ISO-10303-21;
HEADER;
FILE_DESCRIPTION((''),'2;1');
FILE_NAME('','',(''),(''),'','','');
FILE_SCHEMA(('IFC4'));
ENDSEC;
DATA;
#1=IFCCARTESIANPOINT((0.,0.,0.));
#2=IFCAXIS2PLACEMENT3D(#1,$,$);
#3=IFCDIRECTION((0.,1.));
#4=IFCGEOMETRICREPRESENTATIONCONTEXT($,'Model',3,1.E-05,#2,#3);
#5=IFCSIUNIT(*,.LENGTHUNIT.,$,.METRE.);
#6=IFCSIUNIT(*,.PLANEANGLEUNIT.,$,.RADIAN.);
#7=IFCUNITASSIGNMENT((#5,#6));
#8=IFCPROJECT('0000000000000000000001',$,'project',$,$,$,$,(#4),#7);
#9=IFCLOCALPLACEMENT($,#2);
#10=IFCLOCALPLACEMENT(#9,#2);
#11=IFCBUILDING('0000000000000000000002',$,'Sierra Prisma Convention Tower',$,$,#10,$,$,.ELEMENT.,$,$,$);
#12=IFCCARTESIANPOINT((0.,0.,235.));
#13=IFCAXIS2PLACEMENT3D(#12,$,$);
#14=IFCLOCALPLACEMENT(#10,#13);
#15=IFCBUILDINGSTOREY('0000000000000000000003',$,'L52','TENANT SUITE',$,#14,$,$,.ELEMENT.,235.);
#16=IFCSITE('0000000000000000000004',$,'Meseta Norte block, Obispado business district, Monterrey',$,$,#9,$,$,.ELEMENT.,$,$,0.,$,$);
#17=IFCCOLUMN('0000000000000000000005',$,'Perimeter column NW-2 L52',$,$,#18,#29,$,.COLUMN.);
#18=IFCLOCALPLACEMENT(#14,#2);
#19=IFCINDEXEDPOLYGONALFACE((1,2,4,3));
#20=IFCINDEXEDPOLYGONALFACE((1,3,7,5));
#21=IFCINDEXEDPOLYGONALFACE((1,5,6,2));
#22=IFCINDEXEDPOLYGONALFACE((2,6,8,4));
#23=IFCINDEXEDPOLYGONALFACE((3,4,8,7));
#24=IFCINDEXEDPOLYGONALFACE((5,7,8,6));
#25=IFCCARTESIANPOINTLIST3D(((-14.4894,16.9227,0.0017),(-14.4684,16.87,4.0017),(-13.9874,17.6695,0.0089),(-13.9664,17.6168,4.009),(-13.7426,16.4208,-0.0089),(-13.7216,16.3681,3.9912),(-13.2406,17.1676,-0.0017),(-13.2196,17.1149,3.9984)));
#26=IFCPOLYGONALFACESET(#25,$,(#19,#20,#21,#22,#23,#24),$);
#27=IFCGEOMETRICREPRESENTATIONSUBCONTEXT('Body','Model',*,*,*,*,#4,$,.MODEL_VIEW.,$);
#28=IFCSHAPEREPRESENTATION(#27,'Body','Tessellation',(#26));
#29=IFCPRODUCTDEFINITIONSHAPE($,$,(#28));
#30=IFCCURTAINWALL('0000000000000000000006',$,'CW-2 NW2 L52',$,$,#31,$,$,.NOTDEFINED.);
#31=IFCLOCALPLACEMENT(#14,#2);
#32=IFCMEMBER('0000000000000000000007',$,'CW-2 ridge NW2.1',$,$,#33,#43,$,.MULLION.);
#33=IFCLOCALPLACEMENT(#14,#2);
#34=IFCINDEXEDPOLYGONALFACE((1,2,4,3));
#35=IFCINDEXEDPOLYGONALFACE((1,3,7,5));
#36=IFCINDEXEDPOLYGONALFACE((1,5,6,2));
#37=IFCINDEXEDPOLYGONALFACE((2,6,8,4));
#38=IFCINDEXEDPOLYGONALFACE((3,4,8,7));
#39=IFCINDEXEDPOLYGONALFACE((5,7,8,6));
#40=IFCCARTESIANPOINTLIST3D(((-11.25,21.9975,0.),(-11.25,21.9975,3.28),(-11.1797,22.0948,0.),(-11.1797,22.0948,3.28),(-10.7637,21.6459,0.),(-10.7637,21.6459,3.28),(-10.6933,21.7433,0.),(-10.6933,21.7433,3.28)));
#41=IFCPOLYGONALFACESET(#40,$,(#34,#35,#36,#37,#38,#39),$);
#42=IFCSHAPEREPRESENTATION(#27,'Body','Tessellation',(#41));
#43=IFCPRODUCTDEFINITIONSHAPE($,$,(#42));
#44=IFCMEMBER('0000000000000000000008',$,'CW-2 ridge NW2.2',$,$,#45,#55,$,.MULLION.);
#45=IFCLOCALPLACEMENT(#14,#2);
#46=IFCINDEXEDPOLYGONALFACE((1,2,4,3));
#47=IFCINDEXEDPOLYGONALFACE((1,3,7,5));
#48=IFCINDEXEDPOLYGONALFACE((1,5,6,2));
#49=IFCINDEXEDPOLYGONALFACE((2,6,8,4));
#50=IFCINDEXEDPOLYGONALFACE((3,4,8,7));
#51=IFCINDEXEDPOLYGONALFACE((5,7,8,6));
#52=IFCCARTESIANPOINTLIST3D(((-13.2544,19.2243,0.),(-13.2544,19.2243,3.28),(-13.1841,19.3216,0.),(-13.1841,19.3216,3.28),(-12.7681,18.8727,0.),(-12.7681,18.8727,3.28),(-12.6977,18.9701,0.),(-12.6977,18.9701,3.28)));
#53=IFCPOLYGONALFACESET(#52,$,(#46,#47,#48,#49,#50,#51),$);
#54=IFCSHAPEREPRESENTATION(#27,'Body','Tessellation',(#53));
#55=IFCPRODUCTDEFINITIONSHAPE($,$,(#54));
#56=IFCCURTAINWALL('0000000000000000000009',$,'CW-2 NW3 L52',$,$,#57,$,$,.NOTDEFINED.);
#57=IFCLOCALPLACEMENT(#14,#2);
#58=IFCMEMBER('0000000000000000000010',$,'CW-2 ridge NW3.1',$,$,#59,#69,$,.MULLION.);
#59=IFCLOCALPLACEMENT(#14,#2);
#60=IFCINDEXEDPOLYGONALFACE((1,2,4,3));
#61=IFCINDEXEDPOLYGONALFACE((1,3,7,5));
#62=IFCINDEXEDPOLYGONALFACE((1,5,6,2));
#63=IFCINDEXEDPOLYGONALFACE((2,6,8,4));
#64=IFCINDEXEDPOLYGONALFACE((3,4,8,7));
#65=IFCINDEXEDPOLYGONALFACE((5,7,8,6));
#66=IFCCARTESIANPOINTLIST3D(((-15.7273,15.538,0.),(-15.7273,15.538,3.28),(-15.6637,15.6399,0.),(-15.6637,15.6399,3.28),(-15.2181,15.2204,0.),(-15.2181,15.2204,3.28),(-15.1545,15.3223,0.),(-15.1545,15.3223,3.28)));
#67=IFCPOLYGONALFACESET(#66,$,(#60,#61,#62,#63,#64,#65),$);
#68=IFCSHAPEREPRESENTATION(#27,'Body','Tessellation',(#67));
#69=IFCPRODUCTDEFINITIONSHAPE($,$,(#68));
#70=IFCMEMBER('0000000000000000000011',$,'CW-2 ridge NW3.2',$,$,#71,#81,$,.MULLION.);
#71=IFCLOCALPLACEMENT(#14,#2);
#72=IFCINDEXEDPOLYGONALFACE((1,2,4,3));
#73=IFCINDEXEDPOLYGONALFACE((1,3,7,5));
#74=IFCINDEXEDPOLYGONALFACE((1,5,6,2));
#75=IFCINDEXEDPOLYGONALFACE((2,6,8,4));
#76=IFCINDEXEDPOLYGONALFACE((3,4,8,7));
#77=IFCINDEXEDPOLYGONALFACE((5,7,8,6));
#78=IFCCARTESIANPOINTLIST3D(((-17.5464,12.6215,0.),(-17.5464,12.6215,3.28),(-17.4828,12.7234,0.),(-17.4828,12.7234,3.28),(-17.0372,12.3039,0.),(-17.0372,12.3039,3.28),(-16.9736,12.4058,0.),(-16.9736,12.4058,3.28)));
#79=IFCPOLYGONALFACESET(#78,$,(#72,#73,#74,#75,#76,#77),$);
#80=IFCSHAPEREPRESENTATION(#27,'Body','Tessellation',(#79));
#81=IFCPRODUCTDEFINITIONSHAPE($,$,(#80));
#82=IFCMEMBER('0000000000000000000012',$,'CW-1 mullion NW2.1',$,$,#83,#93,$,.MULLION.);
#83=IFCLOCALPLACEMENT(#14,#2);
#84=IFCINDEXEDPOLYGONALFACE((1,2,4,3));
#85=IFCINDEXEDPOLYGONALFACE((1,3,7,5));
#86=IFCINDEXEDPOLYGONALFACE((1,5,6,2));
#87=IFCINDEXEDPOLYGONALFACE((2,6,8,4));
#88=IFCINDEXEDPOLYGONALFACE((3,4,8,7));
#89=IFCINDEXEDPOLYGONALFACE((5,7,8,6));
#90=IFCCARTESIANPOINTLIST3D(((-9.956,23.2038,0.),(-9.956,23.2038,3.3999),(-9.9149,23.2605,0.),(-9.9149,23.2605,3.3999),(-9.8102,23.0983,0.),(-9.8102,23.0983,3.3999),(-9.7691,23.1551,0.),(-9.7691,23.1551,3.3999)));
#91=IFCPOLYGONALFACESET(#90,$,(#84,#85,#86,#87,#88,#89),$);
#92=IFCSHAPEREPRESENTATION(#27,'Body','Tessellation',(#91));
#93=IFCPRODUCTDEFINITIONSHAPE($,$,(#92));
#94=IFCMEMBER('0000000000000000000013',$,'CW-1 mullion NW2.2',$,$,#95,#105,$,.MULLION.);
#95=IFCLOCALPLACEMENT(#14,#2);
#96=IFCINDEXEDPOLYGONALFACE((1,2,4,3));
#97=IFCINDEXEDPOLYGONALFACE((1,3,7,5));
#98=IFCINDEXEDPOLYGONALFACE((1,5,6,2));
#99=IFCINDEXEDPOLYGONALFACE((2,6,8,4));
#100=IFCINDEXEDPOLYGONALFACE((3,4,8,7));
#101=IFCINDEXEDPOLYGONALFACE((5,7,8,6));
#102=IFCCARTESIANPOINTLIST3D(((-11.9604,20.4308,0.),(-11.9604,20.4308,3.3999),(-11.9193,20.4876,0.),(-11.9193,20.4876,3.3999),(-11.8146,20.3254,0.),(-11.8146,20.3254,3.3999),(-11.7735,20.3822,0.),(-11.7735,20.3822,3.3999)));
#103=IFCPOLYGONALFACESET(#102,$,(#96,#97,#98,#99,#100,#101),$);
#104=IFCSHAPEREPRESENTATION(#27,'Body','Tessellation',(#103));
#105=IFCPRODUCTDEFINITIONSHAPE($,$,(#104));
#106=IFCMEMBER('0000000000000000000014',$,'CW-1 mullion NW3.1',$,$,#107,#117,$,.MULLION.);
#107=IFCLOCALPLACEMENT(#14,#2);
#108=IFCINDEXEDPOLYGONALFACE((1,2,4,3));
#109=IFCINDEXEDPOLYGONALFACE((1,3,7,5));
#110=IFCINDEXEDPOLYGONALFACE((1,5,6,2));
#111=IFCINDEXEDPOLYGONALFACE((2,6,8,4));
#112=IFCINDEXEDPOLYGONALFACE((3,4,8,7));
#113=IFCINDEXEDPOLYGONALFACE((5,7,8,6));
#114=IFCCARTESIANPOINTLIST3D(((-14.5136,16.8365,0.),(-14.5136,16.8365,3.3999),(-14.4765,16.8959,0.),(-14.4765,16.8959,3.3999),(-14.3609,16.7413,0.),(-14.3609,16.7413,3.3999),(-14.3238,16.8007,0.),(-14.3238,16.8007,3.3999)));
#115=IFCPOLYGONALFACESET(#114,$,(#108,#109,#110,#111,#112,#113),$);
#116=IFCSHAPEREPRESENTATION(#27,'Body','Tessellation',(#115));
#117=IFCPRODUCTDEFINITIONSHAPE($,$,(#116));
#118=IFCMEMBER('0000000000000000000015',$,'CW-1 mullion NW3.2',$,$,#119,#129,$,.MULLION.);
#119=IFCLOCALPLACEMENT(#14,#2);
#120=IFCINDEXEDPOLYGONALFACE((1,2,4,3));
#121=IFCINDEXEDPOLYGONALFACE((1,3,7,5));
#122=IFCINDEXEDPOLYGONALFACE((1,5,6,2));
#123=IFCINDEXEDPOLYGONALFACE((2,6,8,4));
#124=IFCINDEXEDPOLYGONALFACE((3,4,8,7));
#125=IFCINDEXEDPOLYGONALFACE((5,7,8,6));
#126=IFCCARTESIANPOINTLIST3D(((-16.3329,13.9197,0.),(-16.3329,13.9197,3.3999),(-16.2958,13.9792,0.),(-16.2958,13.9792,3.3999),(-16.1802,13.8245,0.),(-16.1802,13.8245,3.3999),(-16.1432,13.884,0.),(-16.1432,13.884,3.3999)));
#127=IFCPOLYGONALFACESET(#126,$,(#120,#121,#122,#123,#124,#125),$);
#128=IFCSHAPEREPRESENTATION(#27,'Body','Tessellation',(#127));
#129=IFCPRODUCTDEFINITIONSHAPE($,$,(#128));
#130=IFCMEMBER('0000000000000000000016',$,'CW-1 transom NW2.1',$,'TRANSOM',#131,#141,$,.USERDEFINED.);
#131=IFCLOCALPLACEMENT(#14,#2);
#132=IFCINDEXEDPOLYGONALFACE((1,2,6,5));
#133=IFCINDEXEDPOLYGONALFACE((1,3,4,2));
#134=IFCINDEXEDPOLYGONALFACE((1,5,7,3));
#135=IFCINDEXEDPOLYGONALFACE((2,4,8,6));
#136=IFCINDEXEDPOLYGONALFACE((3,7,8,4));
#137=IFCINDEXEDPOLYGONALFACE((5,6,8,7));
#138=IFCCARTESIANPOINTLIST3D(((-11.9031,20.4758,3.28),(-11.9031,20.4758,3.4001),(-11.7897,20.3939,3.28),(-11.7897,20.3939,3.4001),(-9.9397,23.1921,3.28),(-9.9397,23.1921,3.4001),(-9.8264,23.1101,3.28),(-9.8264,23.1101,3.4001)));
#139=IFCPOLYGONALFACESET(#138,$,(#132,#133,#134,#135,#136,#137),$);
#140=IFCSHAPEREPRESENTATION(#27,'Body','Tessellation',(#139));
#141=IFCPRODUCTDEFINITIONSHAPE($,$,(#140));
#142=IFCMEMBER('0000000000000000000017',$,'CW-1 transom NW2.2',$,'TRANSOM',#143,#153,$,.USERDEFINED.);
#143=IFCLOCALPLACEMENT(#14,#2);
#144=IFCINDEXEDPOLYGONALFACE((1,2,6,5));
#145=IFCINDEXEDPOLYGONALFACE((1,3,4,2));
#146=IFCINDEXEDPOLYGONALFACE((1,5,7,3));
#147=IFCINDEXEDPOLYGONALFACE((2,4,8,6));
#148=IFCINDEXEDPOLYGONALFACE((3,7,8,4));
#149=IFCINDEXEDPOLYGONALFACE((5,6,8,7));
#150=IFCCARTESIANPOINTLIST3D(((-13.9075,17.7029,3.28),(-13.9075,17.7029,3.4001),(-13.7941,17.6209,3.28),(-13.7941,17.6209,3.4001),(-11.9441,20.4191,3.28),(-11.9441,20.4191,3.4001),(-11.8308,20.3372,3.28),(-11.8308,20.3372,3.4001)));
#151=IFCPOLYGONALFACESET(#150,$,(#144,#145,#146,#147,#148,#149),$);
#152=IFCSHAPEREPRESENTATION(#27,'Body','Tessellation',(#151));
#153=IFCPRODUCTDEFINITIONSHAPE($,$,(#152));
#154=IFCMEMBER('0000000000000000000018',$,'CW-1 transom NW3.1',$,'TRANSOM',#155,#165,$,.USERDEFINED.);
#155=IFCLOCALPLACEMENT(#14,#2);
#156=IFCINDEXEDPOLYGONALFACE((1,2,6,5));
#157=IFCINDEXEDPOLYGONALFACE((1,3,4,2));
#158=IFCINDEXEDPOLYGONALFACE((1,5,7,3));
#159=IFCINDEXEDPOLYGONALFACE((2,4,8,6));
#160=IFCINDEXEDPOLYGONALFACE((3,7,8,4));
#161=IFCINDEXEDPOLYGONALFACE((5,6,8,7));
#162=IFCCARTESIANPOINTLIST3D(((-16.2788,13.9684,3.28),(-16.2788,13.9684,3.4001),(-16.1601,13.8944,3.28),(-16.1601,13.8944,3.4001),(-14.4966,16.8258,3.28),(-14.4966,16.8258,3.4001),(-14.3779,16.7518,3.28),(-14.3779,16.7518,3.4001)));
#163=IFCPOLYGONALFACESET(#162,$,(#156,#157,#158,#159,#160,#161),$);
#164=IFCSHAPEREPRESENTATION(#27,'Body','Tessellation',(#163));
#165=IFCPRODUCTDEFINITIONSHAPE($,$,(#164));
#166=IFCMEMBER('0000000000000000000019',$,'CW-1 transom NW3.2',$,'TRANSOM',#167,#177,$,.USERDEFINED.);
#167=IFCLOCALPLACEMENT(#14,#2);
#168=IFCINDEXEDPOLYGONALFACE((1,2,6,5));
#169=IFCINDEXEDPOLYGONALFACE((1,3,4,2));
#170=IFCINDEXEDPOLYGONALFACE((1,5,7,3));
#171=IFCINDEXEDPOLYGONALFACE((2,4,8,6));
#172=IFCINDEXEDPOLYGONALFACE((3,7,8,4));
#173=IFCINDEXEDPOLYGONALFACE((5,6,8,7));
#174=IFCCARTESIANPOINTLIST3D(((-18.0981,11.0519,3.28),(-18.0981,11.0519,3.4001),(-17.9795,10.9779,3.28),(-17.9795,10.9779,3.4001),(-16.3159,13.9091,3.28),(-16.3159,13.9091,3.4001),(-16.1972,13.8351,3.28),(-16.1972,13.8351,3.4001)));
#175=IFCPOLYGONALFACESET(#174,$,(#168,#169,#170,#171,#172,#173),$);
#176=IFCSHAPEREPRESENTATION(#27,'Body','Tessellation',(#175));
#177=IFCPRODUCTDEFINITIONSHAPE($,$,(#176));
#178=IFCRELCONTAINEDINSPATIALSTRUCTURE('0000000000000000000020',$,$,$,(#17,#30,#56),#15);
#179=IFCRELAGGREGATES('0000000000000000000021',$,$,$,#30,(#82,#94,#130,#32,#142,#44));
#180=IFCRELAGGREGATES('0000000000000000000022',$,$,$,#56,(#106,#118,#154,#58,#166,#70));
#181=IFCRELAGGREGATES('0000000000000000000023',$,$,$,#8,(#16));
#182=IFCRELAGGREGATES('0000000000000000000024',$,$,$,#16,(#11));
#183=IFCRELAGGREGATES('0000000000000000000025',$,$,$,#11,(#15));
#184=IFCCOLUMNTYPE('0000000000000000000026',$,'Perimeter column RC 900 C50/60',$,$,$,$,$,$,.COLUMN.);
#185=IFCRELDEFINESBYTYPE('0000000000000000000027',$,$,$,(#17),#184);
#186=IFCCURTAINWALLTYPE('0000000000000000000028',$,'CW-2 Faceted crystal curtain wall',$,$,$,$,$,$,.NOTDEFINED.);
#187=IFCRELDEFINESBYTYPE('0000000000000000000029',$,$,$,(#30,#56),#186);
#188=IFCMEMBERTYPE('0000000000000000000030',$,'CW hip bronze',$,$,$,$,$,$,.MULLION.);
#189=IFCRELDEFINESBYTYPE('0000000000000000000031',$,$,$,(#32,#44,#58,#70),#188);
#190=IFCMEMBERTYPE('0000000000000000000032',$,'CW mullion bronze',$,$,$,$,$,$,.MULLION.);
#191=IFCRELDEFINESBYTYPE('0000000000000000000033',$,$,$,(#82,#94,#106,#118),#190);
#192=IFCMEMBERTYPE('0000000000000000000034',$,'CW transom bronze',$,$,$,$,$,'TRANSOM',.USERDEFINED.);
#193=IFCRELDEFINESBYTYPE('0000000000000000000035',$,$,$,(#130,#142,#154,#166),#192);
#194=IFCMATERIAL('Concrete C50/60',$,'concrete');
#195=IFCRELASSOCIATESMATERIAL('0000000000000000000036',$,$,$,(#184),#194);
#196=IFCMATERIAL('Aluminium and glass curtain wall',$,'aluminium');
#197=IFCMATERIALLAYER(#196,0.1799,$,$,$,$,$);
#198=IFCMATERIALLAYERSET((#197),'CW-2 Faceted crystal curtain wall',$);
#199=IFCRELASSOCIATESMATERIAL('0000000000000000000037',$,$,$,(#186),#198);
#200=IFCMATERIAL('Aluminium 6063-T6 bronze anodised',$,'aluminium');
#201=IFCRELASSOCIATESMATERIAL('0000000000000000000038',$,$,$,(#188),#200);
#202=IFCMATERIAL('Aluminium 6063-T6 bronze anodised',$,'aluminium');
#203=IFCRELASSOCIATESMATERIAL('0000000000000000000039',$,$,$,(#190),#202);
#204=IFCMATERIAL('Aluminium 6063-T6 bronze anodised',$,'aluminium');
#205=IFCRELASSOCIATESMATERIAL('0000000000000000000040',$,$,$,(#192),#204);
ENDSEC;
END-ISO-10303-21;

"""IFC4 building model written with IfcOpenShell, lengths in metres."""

from ifc_helpers import new_model, si_unit, direction, frame, origin, origin_2d, place, context, subcontext, project, spatial, rectangle, extrude, material, layer, layer_set, material_profile, profile_set, type_object, element, aggregate, save


model = new_model("IFC4")

# Units and contexts
model_context = context("Model", 3, precision=1e-05, world=origin(), true_north=direction((0.0, 1.0)))
body_context = subcontext(model_context, "Body", "Model", "MODEL_VIEW")
ifc_project = project(units=[si_unit("LENGTHUNIT", "METRE"), si_unit("PLANEANGLEUNIT", "RADIAN")], contexts=[model_context])

# Site, building, storey
site_placement = place(None, origin())
site = spatial("IfcSite", under=ifc_project, at=site_placement, Name="Meseta Norte block, Obispado business district, Monterrey", CompositionType="ELEMENT", RefElevation=0.0)
building_placement = place(site_placement, origin())
building = spatial("IfcBuilding", under=site, at=building_placement, Name="Sierra Prisma Convention Tower", CompositionType="ELEMENT")
storey_placement = place(building_placement, frame((0.0, 0.0, 235.0)))
storey = spatial("IfcBuildingStorey", under=building, at=storey_placement, Name="L52", Description="TENANT SUITE", CompositionType="ELEMENT", Elevation=235.0)

# Column
ifc_material_1 = material(Name="Concrete C50/60", Category="concrete")
ifc_material_profile_1 = material_profile(ifc_material_1, rectangle(XDim=0.8999, YDim=0.8999, at=origin_2d()), Name="Perimeter column RC 900 C50/60")
ifc_profile_set_1 = profile_set([ifc_material_profile_1], Name="Concrete C50/60")
column_type = type_object("IfcColumnType", Name="Perimeter column RC 900 C50/60", PredefinedType="COLUMN", material=ifc_profile_set_1)
column_placement = place(storey_placement, frame((-13.865, 17.0452, 0.0), z_axis=(0.005248, -0.013182, 0.999899), x_axis=(0.55784, 0.82991, 0.008013)))
element("IfcColumn", 1, at=column_placement, inside=storey, type_object=column_type, Name="Perimeter column NW-2 L52", PredefinedType="COLUMN", context=body_context, shape_type="SweptSolid", body=[
    extrude(rectangle(XDim=0.8999, YDim=0.8999, at=origin_2d()), origin(), (0.0, 0.0, 1.0), 4.0005),
])

# Curtain walls, members
ifc_material_2 = material(Name="Aluminium and glass curtain wall", Category="aluminium")
ifc_layer_1 = layer(ifc_material_2, 0.1799)
ifc_layer_set_1 = layer_set([ifc_layer_1], Name="CW-2 Faceted crystal curtain wall")
curtain_wall_type = type_object("IfcCurtainWallType", Name="CW-2 Faceted crystal curtain wall", PredefinedType="NOTDEFINED", material=ifc_layer_set_1)
curtain_wall_1_placement = place(storey_placement, origin())
curtain_wall_1 = element("IfcCurtainWall", 2, at=curtain_wall_1_placement, inside=storey, type_object=curtain_wall_type, Name="CW-2 NW2 L52", PredefinedType="NOTDEFINED")
ifc_material_3 = material(Name="Aluminium 6063-T6 bronze anodised", Category="aluminium")
ifc_material_profile_2 = material_profile(ifc_material_3, rectangle(XDim=0.1201, YDim=0.6001, at=origin_2d()), Name="ALU RIDGE BLADE 120x600")
ifc_profile_set_2 = profile_set([ifc_material_profile_2], Name="Aluminium 6063-T6 bronze anodised")
member_type_1 = type_object("IfcMemberType", Name="CW hip bronze", PredefinedType="MULLION", material=ifc_profile_set_2)
member_1_placement = place(storey_placement, frame((-10.9717, 21.8704, 0.0), z_axis=(0.0, 0.0, 1.0), x_axis=(-0.585816, -0.810444, 0.0)))
member_1 = element("IfcMember", 3, at=member_1_placement, type_object=member_type_1, Name="CW-2 ridge NW2.1", PredefinedType="MULLION", context=body_context, shape_type="SweptSolid", body=[
    extrude(rectangle(XDim=0.1201, YDim=0.6001, at=origin_2d()), origin(), (0.0, 0.0, 1.0), 3.28),
])
member_2_placement = place(storey_placement, frame((-12.9761, 19.0972, 0.0), z_axis=(0.0, 0.0, 1.0), x_axis=(-0.585816, -0.810444, 0.0)))
member_2 = element("IfcMember", 4, at=member_2_placement, type_object=member_type_1, Name="CW-2 ridge NW2.2", PredefinedType="MULLION", context=body_context, shape_type="SweptSolid", body=[
    extrude(rectangle(XDim=0.1201, YDim=0.6001, at=origin_2d()), origin(), (0.0, 0.0, 1.0), 3.28),
])
curtain_wall_2_placement = place(storey_placement, origin())
curtain_wall_2 = element("IfcCurtainWall", 5, at=curtain_wall_2_placement, inside=storey, type_object=curtain_wall_type, Name="CW-2 NW3 L52", PredefinedType="NOTDEFINED")
member_3_placement = place(storey_placement, frame((-15.4409, 15.4302, 0.0), z_axis=(0.0, 0.0, 1.0), x_axis=(-0.529232, -0.848477, 0.0)))
member_3 = element("IfcMember", 6, at=member_3_placement, type_object=member_type_1, Name="CW-2 ridge NW3.1", PredefinedType="MULLION", context=body_context, shape_type="SweptSolid", body=[
    extrude(rectangle(XDim=0.1201, YDim=0.6001, at=origin_2d()), origin(), (0.0, 0.0, 1.0), 3.28),
])
member_4_placement = place(storey_placement, frame((-17.26, 12.5137, 0.0), z_axis=(0.0, 0.0, 1.0), x_axis=(-0.529232, -0.848477, 0.0)))
member_4 = element("IfcMember", 7, at=member_4_placement, type_object=member_type_1, Name="CW-2 ridge NW3.2", PredefinedType="MULLION", context=body_context, shape_type="SweptSolid", body=[
    extrude(rectangle(XDim=0.1201, YDim=0.6001, at=origin_2d()), origin(), (0.0, 0.0, 1.0), 3.28),
])

# Members
ifc_material_4 = material(Name="Aluminium 6063-T6 bronze anodised", Category="aluminium")
ifc_material_profile_3 = material_profile(ifc_material_4, rectangle(XDim=0.1799, YDim=0.0701, at=origin_2d()), Name="ALU MULLION 70x180")
ifc_profile_set_3 = profile_set([ifc_material_profile_3], Name="Aluminium 6063-T6 bronze anodised")
member_type_2 = type_object("IfcMemberType", Name="CW mullion bronze", PredefinedType="MULLION", material=ifc_profile_set_3)
member_5_placement = place(storey_placement, frame((-9.8625, 23.1794, 0.0), z_axis=(0.0, 0.0, 1.0), x_axis=(0.810444, -0.585816, 0.0)))
member_5 = element("IfcMember", 8, at=member_5_placement, type_object=member_type_2, Name="CW-1 mullion NW2.1", PredefinedType="MULLION", context=body_context, shape_type="SweptSolid", body=[
    extrude(rectangle(XDim=0.1799, YDim=0.0701, at=origin_2d()), origin(), (0.0, 0.0, 1.0), 3.3999),
])
member_6_placement = place(storey_placement, frame((-11.8669, 20.4065, 0.0), z_axis=(0.0, 0.0, 1.0), x_axis=(0.810444, -0.585816, 0.0)))
member_6 = element("IfcMember", 9, at=member_6_placement, type_object=member_type_2, Name="CW-1 mullion NW2.2", PredefinedType="MULLION", context=body_context, shape_type="SweptSolid", body=[
    extrude(rectangle(XDim=0.1799, YDim=0.0701, at=origin_2d()), origin(), (0.0, 0.0, 1.0), 3.3999),
])
member_7_placement = place(storey_placement, frame((-14.4187, 16.8186, 0.0), z_axis=(0.0, 0.0, 1.0), x_axis=(0.848477, -0.529232, 0.0)))
member_7 = element("IfcMember", 10, at=member_7_placement, type_object=member_type_2, Name="CW-1 mullion NW3.1", PredefinedType="MULLION", context=body_context, shape_type="SweptSolid", body=[
    extrude(rectangle(XDim=0.1799, YDim=0.0701, at=origin_2d()), origin(), (0.0, 0.0, 1.0), 3.3999),
])
member_8_placement = place(storey_placement, frame((-16.238, 13.9019, 0.0), z_axis=(0.0, 0.0, 1.0), x_axis=(0.848477, -0.529232, 0.0)))
member_8 = element("IfcMember", 11, at=member_8_placement, type_object=member_type_2, Name="CW-1 mullion NW3.2", PredefinedType="MULLION", context=body_context, shape_type="SweptSolid", body=[
    extrude(rectangle(XDim=0.1799, YDim=0.0701, at=origin_2d()), origin(), (0.0, 0.0, 1.0), 3.3999),
])
ifc_material_5 = material(Name="Aluminium 6063-T6 bronze anodised", Category="aluminium")
ifc_material_profile_4 = material_profile(ifc_material_5, rectangle(XDim=0.1399, YDim=0.1201, at=origin_2d()), Name="ALU TRANSOM 120x140")
ifc_profile_set_4 = profile_set([ifc_material_profile_4], Name="Aluminium 6063-T6 bronze anodised")
member_type_3 = type_object("IfcMemberType", Name="CW transom bronze", ElementType="TRANSOM", PredefinedType="USERDEFINED", material=ifc_profile_set_4)
member_9_placement = place(storey_placement, frame((-9.8831, 23.1511, 3.3401), z_axis=(-0.585804, -0.810453, 0.0), x_axis=(0.810453, -0.585804, 0.0)))
member_9 = element("IfcMember", 12, at=member_9_placement, type_object=member_type_3, Name="CW-1 transom NW2.1", ObjectType="TRANSOM", PredefinedType="USERDEFINED", context=body_context, shape_type="SweptSolid", body=[
    extrude(rectangle(XDim=0.1399, YDim=0.1201, at=origin_2d()), origin(), (0.0, 0.0, 1.0), 3.3516),
])
member_10_placement = place(storey_placement, frame((-11.8875, 20.3782, 3.3401), z_axis=(-0.585804, -0.810453, 0.0), x_axis=(0.810453, -0.585804, 0.0)))
member_10 = element("IfcMember", 13, at=member_10_placement, type_object=member_type_3, Name="CW-1 transom NW2.2", ObjectType="TRANSOM", PredefinedType="USERDEFINED", context=body_context, shape_type="SweptSolid", body=[
    extrude(rectangle(XDim=0.1399, YDim=0.1201, at=origin_2d()), origin(), (0.0, 0.0, 1.0), 3.3516),
])
member_11_placement = place(storey_placement, frame((-14.4373, 16.7888, 3.3401), z_axis=(-0.529217, -0.848487, 0.0), x_axis=(0.848487, -0.529217, 0.0)))
member_11 = element("IfcMember", 14, at=member_11_placement, type_object=member_type_3, Name="CW-1 transom NW3.1", ObjectType="TRANSOM", PredefinedType="USERDEFINED", context=body_context, shape_type="SweptSolid", body=[
    extrude(rectangle(XDim=0.1399, YDim=0.1201, at=origin_2d()), origin(), (0.0, 0.0, 1.0), 3.3677),
])
member_12_placement = place(storey_placement, frame((-16.2566, 13.8721, 3.3401), z_axis=(-0.529249, -0.848466, 0.0), x_axis=(0.848466, -0.529249, 0.0)))
member_12 = element("IfcMember", 15, at=member_12_placement, type_object=member_type_3, Name="CW-1 transom NW3.2", ObjectType="TRANSOM", PredefinedType="USERDEFINED", context=body_context, shape_type="SweptSolid", body=[
    extrude(rectangle(XDim=0.1399, YDim=0.1201, at=origin_2d()), origin(), (0.0, 0.0, 1.0), 3.3674),
])

aggregate(curtain_wall_1, [member_5, member_6, member_9, member_1, member_10, member_2])
aggregate(curtain_wall_2, [member_7, member_8, member_11, member_3, member_12, member_4])

save(model, "model.ifc")
